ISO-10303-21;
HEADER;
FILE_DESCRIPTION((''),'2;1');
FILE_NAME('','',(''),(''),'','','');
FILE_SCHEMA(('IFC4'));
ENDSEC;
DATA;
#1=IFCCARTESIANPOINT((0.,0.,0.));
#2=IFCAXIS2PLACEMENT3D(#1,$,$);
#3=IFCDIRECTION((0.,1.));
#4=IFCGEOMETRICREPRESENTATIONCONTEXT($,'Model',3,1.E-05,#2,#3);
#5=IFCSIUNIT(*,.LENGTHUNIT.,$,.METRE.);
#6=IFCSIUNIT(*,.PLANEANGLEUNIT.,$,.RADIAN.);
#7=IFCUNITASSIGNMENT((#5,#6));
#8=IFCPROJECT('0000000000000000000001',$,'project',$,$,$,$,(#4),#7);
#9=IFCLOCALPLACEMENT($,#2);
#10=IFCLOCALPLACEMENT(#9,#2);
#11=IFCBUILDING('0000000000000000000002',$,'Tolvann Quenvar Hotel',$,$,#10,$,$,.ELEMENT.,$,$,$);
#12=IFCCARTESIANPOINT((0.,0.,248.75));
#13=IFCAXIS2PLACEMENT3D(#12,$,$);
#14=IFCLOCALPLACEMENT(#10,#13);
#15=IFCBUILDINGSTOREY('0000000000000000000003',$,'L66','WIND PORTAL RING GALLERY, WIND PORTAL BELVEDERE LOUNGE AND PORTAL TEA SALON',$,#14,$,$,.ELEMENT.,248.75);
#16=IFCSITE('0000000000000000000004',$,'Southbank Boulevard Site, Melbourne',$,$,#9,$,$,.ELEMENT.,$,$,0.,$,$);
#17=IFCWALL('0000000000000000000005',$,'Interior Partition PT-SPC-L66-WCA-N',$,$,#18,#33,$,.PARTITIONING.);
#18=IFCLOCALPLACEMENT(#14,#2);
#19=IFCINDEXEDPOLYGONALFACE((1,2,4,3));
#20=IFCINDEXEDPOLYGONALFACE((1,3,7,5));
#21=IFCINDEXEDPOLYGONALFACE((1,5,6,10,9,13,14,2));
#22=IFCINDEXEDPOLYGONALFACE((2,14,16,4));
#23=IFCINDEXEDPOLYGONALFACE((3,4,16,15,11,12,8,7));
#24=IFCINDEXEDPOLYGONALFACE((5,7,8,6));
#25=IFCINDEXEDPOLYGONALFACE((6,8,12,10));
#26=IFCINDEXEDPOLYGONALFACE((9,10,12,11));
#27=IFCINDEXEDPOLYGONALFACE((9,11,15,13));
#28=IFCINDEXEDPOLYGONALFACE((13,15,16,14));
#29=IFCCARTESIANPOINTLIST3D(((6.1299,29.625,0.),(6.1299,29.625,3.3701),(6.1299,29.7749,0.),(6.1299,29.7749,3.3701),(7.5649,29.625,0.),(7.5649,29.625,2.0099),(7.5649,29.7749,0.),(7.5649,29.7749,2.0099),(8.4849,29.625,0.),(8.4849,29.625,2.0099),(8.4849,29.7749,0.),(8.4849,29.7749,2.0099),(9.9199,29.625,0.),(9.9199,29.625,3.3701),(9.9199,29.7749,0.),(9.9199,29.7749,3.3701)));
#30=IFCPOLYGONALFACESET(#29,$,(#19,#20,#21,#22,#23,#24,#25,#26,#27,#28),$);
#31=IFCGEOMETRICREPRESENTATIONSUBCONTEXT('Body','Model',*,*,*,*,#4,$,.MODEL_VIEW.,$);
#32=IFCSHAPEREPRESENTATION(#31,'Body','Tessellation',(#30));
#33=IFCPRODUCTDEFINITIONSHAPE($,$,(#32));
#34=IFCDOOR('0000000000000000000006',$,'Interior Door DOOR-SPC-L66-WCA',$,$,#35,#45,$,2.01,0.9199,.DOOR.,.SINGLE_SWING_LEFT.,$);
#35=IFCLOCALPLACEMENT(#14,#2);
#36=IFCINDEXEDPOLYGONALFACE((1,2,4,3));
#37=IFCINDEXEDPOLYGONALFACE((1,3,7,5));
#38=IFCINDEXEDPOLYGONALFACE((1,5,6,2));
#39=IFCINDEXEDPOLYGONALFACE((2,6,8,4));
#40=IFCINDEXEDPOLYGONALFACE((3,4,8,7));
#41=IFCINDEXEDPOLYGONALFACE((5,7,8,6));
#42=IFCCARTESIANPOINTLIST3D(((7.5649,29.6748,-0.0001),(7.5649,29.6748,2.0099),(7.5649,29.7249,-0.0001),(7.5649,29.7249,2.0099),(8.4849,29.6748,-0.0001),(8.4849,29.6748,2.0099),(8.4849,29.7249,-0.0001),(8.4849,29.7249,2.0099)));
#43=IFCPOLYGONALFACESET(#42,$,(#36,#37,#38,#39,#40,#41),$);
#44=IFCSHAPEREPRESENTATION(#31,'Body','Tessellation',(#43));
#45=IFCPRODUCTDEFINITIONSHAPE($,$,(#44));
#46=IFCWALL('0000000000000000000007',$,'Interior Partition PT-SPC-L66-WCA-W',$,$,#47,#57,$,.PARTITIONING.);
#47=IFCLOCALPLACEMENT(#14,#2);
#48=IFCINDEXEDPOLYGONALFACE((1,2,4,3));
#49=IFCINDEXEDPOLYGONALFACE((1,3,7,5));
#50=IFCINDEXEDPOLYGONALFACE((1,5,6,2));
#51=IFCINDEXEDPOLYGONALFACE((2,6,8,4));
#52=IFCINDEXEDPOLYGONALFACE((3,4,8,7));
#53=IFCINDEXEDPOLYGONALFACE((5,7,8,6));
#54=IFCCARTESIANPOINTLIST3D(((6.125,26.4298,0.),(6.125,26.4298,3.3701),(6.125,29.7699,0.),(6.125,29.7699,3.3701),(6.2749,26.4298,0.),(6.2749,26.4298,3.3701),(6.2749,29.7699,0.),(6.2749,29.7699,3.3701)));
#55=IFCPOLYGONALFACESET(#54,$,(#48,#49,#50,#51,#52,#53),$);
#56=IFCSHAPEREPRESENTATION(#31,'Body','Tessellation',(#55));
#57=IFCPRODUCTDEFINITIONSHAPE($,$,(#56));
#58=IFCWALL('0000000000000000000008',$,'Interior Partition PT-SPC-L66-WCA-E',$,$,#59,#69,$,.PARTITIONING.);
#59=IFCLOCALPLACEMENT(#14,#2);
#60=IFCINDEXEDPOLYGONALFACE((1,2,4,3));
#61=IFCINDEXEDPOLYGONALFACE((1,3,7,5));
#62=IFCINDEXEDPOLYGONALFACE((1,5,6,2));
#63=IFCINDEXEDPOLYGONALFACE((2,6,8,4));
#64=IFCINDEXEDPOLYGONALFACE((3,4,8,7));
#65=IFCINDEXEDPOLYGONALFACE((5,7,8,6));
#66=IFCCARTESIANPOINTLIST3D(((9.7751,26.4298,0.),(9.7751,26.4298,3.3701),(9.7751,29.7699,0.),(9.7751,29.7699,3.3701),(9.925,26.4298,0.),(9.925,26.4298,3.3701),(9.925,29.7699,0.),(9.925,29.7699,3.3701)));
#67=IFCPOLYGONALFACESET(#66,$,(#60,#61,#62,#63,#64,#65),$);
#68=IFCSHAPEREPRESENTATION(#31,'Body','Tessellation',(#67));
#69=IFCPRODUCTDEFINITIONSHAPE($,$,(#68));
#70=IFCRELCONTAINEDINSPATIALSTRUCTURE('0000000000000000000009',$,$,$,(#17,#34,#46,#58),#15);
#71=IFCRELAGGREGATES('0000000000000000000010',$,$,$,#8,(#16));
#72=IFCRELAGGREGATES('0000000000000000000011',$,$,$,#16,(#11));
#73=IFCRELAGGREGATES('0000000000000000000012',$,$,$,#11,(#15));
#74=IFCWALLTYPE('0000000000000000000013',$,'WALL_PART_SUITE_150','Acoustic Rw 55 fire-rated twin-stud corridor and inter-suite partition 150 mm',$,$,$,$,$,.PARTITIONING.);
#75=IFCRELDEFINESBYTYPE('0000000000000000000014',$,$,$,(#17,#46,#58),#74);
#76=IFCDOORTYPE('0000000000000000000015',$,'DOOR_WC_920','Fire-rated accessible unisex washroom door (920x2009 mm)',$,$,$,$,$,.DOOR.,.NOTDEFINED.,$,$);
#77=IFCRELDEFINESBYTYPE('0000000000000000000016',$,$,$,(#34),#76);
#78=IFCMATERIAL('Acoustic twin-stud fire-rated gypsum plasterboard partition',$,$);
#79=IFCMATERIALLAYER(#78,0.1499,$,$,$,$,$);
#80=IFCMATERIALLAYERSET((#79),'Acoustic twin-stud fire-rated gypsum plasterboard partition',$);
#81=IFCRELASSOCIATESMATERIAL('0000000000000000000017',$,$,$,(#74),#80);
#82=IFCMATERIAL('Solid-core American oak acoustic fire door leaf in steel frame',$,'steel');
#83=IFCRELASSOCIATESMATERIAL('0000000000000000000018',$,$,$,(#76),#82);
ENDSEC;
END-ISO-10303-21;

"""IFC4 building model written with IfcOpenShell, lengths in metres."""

from ifc_helpers import new_model, si_unit, direction, frame, frame_2d, origin, place, context, subcontext, project, spatial, rectangle, extrude, source, transform, mapped, material, layer, layer_set, type_object, type_shapes, element, fill, save


model = new_model("IFC4")

# Units and contexts
model_context = context("Model", 3, precision=1e-05, world=origin(), true_north=direction((0.0, 1.0)))
body_context = subcontext(model_context, "Body", "Model", "MODEL_VIEW")
ifc_project = project(units=[si_unit("LENGTHUNIT", "METRE"), si_unit("PLANEANGLEUNIT", "RADIAN")], contexts=[model_context])

# Site, building, storey
site_placement = place(None, origin())
site = spatial("IfcSite", under=ifc_project, at=site_placement, Name="Southbank Boulevard Site, Melbourne", CompositionType="ELEMENT", RefElevation=0.0)
building_placement = place(site_placement, origin())
building = spatial("IfcBuilding", under=site, at=building_placement, Name="Tolvann Quenvar Hotel", CompositionType="ELEMENT")
storey_placement = place(building_placement, frame((0.0, 0.0, 248.75)))
storey = spatial("IfcBuildingStorey", under=building, at=storey_placement, Name="L66", Description="WIND PORTAL RING GALLERY, WIND PORTAL BELVEDERE LOUNGE AND PORTAL TEA SALON", CompositionType="ELEMENT", Elevation=248.75)

# Shared definitions
ifc_material_1 = material(Name="Solid-core American oak acoustic fire door leaf in steel frame", Category="steel")

# Shared definitions
ifc_material_2 = material(Name="Acoustic twin-stud fire-rated gypsum plasterboard partition")

# Shared definitions
ifc_layer_1 = layer(ifc_material_2, 0.1499)
ifc_layer_set_1 = layer_set([ifc_layer_1], Name="Acoustic twin-stud fire-rated gypsum plasterboard partition")
wall_type_1 = type_object("IfcWallType", Name="WALL_PART_SUITE_150", Description="Acoustic Rw 55 fire-rated twin-stud corridor and inter-suite partition 150 mm", PredefinedType="PARTITIONING", material=ifc_layer_set_1)

# Wall, opening, door
wall_1_placement = place(storey_placement, frame((6.1299, 29.7, 0.0), z_axis=(0.0, 0.0, 1.0), x_axis=(1.0, 0.0, 0.0)))
wall_1 = element("IfcWall", 1, at=wall_1_placement, inside=storey, type_object=wall_type_1, Name="Interior Partition PT-SPC-L66-WCA-N", PredefinedType="PARTITIONING", context=body_context, shape_type="SweptSolid", body=[
    extrude(rectangle(XDim=3.79, YDim=0.1499, at=frame_2d((1.895, 0.0))), origin(), (0.0, 0.0, 1.0), 3.3701),
])
opening_1_placement = place(wall_1_placement, frame((1.4351, 0.0, 0.0)))
opening_1 = element("IfcOpeningElement", 2, at=opening_1_placement, cuts=wall_1, PredefinedType="OPENING", context=body_context, shape_type="SweptSolid", body=[
    extrude(rectangle(XDim=0.9199, YDim=2.01, at=frame_2d((0.46, 1.0049))), frame((0.0, 0.085, 0.0), z_axis=(0.0, -1.0, 0.0), x_axis=(1.0, 0.0, 0.0)), (0.0, 0.0, 1.0), 0.1699),
])
door_type_1 = type_object("IfcDoorType", Name="DOOR_WC_920", Description="Fire-rated accessible unisex washroom door (920x2009 mm)", OperationType="NOTDEFINED", PredefinedType="DOOR", material=ifc_material_1)
shared_shape_1 = source(origin(), body_context, "Body", "SweptSolid", [
    extrude(rectangle(XDim=0.9199, YDim=2.01, at=frame_2d((0.46, 1.0049))), frame((0.0, 0.0249, 0.0), z_axis=(0.0, -1.0, 0.0), x_axis=(1.0, 0.0, 0.0)), (0.0, 0.0, 1.0), 0.05),
])
type_shapes(door_type_1, [shared_shape_1])
door_1_placement = place(opening_1_placement, origin())
door_1 = element("IfcDoor", 3, at=door_1_placement, inside=storey, type_object=door_type_1, Name="Interior Door DOOR-SPC-L66-WCA", OperationType="SINGLE_SWING_LEFT", OverallHeight=2.01, OverallWidth=0.9199, PredefinedType="DOOR", context=body_context, shape_type="MappedRepresentation", body=[
    mapped(shared_shape_1, transform((0.0, 0.0, 0.0), x_axis=(1.0, 0.0, 0.0), y_axis=(0.0, 1.0, 0.0), z_axis=(0.0, 0.0, 1.0), scale=1.0)),
])
fill(opening_1, door_1)

# Walls
for number, where, z_axis, x_axis, name in (
    (4, (6.2, 26.4299, 0.0), (0.0, 0.0, 1.0), (0.0, 1.0, 0.0), "Interior Partition PT-SPC-L66-WCA-W"),
    (5, (9.8501, 26.4299, 0.0), (0.0, 0.0, 1.0), (0.0, 1.0, 0.0), "Interior Partition PT-SPC-L66-WCA-E"),
):
    element("IfcWall", number, at=place(storey_placement, frame(where, z_axis=z_axis, x_axis=x_axis)), inside=storey, type_object=wall_type_1, Name=name, PredefinedType="PARTITIONING", context=body_context, shape_type="SweptSolid", body=[
        extrude(rectangle(XDim=3.3401, YDim=0.1499, at=frame_2d((1.6699, 0.0))), origin(), (0.0, 0.0, 1.0), 3.3701),
    ])

save(model, "model.ifc")
